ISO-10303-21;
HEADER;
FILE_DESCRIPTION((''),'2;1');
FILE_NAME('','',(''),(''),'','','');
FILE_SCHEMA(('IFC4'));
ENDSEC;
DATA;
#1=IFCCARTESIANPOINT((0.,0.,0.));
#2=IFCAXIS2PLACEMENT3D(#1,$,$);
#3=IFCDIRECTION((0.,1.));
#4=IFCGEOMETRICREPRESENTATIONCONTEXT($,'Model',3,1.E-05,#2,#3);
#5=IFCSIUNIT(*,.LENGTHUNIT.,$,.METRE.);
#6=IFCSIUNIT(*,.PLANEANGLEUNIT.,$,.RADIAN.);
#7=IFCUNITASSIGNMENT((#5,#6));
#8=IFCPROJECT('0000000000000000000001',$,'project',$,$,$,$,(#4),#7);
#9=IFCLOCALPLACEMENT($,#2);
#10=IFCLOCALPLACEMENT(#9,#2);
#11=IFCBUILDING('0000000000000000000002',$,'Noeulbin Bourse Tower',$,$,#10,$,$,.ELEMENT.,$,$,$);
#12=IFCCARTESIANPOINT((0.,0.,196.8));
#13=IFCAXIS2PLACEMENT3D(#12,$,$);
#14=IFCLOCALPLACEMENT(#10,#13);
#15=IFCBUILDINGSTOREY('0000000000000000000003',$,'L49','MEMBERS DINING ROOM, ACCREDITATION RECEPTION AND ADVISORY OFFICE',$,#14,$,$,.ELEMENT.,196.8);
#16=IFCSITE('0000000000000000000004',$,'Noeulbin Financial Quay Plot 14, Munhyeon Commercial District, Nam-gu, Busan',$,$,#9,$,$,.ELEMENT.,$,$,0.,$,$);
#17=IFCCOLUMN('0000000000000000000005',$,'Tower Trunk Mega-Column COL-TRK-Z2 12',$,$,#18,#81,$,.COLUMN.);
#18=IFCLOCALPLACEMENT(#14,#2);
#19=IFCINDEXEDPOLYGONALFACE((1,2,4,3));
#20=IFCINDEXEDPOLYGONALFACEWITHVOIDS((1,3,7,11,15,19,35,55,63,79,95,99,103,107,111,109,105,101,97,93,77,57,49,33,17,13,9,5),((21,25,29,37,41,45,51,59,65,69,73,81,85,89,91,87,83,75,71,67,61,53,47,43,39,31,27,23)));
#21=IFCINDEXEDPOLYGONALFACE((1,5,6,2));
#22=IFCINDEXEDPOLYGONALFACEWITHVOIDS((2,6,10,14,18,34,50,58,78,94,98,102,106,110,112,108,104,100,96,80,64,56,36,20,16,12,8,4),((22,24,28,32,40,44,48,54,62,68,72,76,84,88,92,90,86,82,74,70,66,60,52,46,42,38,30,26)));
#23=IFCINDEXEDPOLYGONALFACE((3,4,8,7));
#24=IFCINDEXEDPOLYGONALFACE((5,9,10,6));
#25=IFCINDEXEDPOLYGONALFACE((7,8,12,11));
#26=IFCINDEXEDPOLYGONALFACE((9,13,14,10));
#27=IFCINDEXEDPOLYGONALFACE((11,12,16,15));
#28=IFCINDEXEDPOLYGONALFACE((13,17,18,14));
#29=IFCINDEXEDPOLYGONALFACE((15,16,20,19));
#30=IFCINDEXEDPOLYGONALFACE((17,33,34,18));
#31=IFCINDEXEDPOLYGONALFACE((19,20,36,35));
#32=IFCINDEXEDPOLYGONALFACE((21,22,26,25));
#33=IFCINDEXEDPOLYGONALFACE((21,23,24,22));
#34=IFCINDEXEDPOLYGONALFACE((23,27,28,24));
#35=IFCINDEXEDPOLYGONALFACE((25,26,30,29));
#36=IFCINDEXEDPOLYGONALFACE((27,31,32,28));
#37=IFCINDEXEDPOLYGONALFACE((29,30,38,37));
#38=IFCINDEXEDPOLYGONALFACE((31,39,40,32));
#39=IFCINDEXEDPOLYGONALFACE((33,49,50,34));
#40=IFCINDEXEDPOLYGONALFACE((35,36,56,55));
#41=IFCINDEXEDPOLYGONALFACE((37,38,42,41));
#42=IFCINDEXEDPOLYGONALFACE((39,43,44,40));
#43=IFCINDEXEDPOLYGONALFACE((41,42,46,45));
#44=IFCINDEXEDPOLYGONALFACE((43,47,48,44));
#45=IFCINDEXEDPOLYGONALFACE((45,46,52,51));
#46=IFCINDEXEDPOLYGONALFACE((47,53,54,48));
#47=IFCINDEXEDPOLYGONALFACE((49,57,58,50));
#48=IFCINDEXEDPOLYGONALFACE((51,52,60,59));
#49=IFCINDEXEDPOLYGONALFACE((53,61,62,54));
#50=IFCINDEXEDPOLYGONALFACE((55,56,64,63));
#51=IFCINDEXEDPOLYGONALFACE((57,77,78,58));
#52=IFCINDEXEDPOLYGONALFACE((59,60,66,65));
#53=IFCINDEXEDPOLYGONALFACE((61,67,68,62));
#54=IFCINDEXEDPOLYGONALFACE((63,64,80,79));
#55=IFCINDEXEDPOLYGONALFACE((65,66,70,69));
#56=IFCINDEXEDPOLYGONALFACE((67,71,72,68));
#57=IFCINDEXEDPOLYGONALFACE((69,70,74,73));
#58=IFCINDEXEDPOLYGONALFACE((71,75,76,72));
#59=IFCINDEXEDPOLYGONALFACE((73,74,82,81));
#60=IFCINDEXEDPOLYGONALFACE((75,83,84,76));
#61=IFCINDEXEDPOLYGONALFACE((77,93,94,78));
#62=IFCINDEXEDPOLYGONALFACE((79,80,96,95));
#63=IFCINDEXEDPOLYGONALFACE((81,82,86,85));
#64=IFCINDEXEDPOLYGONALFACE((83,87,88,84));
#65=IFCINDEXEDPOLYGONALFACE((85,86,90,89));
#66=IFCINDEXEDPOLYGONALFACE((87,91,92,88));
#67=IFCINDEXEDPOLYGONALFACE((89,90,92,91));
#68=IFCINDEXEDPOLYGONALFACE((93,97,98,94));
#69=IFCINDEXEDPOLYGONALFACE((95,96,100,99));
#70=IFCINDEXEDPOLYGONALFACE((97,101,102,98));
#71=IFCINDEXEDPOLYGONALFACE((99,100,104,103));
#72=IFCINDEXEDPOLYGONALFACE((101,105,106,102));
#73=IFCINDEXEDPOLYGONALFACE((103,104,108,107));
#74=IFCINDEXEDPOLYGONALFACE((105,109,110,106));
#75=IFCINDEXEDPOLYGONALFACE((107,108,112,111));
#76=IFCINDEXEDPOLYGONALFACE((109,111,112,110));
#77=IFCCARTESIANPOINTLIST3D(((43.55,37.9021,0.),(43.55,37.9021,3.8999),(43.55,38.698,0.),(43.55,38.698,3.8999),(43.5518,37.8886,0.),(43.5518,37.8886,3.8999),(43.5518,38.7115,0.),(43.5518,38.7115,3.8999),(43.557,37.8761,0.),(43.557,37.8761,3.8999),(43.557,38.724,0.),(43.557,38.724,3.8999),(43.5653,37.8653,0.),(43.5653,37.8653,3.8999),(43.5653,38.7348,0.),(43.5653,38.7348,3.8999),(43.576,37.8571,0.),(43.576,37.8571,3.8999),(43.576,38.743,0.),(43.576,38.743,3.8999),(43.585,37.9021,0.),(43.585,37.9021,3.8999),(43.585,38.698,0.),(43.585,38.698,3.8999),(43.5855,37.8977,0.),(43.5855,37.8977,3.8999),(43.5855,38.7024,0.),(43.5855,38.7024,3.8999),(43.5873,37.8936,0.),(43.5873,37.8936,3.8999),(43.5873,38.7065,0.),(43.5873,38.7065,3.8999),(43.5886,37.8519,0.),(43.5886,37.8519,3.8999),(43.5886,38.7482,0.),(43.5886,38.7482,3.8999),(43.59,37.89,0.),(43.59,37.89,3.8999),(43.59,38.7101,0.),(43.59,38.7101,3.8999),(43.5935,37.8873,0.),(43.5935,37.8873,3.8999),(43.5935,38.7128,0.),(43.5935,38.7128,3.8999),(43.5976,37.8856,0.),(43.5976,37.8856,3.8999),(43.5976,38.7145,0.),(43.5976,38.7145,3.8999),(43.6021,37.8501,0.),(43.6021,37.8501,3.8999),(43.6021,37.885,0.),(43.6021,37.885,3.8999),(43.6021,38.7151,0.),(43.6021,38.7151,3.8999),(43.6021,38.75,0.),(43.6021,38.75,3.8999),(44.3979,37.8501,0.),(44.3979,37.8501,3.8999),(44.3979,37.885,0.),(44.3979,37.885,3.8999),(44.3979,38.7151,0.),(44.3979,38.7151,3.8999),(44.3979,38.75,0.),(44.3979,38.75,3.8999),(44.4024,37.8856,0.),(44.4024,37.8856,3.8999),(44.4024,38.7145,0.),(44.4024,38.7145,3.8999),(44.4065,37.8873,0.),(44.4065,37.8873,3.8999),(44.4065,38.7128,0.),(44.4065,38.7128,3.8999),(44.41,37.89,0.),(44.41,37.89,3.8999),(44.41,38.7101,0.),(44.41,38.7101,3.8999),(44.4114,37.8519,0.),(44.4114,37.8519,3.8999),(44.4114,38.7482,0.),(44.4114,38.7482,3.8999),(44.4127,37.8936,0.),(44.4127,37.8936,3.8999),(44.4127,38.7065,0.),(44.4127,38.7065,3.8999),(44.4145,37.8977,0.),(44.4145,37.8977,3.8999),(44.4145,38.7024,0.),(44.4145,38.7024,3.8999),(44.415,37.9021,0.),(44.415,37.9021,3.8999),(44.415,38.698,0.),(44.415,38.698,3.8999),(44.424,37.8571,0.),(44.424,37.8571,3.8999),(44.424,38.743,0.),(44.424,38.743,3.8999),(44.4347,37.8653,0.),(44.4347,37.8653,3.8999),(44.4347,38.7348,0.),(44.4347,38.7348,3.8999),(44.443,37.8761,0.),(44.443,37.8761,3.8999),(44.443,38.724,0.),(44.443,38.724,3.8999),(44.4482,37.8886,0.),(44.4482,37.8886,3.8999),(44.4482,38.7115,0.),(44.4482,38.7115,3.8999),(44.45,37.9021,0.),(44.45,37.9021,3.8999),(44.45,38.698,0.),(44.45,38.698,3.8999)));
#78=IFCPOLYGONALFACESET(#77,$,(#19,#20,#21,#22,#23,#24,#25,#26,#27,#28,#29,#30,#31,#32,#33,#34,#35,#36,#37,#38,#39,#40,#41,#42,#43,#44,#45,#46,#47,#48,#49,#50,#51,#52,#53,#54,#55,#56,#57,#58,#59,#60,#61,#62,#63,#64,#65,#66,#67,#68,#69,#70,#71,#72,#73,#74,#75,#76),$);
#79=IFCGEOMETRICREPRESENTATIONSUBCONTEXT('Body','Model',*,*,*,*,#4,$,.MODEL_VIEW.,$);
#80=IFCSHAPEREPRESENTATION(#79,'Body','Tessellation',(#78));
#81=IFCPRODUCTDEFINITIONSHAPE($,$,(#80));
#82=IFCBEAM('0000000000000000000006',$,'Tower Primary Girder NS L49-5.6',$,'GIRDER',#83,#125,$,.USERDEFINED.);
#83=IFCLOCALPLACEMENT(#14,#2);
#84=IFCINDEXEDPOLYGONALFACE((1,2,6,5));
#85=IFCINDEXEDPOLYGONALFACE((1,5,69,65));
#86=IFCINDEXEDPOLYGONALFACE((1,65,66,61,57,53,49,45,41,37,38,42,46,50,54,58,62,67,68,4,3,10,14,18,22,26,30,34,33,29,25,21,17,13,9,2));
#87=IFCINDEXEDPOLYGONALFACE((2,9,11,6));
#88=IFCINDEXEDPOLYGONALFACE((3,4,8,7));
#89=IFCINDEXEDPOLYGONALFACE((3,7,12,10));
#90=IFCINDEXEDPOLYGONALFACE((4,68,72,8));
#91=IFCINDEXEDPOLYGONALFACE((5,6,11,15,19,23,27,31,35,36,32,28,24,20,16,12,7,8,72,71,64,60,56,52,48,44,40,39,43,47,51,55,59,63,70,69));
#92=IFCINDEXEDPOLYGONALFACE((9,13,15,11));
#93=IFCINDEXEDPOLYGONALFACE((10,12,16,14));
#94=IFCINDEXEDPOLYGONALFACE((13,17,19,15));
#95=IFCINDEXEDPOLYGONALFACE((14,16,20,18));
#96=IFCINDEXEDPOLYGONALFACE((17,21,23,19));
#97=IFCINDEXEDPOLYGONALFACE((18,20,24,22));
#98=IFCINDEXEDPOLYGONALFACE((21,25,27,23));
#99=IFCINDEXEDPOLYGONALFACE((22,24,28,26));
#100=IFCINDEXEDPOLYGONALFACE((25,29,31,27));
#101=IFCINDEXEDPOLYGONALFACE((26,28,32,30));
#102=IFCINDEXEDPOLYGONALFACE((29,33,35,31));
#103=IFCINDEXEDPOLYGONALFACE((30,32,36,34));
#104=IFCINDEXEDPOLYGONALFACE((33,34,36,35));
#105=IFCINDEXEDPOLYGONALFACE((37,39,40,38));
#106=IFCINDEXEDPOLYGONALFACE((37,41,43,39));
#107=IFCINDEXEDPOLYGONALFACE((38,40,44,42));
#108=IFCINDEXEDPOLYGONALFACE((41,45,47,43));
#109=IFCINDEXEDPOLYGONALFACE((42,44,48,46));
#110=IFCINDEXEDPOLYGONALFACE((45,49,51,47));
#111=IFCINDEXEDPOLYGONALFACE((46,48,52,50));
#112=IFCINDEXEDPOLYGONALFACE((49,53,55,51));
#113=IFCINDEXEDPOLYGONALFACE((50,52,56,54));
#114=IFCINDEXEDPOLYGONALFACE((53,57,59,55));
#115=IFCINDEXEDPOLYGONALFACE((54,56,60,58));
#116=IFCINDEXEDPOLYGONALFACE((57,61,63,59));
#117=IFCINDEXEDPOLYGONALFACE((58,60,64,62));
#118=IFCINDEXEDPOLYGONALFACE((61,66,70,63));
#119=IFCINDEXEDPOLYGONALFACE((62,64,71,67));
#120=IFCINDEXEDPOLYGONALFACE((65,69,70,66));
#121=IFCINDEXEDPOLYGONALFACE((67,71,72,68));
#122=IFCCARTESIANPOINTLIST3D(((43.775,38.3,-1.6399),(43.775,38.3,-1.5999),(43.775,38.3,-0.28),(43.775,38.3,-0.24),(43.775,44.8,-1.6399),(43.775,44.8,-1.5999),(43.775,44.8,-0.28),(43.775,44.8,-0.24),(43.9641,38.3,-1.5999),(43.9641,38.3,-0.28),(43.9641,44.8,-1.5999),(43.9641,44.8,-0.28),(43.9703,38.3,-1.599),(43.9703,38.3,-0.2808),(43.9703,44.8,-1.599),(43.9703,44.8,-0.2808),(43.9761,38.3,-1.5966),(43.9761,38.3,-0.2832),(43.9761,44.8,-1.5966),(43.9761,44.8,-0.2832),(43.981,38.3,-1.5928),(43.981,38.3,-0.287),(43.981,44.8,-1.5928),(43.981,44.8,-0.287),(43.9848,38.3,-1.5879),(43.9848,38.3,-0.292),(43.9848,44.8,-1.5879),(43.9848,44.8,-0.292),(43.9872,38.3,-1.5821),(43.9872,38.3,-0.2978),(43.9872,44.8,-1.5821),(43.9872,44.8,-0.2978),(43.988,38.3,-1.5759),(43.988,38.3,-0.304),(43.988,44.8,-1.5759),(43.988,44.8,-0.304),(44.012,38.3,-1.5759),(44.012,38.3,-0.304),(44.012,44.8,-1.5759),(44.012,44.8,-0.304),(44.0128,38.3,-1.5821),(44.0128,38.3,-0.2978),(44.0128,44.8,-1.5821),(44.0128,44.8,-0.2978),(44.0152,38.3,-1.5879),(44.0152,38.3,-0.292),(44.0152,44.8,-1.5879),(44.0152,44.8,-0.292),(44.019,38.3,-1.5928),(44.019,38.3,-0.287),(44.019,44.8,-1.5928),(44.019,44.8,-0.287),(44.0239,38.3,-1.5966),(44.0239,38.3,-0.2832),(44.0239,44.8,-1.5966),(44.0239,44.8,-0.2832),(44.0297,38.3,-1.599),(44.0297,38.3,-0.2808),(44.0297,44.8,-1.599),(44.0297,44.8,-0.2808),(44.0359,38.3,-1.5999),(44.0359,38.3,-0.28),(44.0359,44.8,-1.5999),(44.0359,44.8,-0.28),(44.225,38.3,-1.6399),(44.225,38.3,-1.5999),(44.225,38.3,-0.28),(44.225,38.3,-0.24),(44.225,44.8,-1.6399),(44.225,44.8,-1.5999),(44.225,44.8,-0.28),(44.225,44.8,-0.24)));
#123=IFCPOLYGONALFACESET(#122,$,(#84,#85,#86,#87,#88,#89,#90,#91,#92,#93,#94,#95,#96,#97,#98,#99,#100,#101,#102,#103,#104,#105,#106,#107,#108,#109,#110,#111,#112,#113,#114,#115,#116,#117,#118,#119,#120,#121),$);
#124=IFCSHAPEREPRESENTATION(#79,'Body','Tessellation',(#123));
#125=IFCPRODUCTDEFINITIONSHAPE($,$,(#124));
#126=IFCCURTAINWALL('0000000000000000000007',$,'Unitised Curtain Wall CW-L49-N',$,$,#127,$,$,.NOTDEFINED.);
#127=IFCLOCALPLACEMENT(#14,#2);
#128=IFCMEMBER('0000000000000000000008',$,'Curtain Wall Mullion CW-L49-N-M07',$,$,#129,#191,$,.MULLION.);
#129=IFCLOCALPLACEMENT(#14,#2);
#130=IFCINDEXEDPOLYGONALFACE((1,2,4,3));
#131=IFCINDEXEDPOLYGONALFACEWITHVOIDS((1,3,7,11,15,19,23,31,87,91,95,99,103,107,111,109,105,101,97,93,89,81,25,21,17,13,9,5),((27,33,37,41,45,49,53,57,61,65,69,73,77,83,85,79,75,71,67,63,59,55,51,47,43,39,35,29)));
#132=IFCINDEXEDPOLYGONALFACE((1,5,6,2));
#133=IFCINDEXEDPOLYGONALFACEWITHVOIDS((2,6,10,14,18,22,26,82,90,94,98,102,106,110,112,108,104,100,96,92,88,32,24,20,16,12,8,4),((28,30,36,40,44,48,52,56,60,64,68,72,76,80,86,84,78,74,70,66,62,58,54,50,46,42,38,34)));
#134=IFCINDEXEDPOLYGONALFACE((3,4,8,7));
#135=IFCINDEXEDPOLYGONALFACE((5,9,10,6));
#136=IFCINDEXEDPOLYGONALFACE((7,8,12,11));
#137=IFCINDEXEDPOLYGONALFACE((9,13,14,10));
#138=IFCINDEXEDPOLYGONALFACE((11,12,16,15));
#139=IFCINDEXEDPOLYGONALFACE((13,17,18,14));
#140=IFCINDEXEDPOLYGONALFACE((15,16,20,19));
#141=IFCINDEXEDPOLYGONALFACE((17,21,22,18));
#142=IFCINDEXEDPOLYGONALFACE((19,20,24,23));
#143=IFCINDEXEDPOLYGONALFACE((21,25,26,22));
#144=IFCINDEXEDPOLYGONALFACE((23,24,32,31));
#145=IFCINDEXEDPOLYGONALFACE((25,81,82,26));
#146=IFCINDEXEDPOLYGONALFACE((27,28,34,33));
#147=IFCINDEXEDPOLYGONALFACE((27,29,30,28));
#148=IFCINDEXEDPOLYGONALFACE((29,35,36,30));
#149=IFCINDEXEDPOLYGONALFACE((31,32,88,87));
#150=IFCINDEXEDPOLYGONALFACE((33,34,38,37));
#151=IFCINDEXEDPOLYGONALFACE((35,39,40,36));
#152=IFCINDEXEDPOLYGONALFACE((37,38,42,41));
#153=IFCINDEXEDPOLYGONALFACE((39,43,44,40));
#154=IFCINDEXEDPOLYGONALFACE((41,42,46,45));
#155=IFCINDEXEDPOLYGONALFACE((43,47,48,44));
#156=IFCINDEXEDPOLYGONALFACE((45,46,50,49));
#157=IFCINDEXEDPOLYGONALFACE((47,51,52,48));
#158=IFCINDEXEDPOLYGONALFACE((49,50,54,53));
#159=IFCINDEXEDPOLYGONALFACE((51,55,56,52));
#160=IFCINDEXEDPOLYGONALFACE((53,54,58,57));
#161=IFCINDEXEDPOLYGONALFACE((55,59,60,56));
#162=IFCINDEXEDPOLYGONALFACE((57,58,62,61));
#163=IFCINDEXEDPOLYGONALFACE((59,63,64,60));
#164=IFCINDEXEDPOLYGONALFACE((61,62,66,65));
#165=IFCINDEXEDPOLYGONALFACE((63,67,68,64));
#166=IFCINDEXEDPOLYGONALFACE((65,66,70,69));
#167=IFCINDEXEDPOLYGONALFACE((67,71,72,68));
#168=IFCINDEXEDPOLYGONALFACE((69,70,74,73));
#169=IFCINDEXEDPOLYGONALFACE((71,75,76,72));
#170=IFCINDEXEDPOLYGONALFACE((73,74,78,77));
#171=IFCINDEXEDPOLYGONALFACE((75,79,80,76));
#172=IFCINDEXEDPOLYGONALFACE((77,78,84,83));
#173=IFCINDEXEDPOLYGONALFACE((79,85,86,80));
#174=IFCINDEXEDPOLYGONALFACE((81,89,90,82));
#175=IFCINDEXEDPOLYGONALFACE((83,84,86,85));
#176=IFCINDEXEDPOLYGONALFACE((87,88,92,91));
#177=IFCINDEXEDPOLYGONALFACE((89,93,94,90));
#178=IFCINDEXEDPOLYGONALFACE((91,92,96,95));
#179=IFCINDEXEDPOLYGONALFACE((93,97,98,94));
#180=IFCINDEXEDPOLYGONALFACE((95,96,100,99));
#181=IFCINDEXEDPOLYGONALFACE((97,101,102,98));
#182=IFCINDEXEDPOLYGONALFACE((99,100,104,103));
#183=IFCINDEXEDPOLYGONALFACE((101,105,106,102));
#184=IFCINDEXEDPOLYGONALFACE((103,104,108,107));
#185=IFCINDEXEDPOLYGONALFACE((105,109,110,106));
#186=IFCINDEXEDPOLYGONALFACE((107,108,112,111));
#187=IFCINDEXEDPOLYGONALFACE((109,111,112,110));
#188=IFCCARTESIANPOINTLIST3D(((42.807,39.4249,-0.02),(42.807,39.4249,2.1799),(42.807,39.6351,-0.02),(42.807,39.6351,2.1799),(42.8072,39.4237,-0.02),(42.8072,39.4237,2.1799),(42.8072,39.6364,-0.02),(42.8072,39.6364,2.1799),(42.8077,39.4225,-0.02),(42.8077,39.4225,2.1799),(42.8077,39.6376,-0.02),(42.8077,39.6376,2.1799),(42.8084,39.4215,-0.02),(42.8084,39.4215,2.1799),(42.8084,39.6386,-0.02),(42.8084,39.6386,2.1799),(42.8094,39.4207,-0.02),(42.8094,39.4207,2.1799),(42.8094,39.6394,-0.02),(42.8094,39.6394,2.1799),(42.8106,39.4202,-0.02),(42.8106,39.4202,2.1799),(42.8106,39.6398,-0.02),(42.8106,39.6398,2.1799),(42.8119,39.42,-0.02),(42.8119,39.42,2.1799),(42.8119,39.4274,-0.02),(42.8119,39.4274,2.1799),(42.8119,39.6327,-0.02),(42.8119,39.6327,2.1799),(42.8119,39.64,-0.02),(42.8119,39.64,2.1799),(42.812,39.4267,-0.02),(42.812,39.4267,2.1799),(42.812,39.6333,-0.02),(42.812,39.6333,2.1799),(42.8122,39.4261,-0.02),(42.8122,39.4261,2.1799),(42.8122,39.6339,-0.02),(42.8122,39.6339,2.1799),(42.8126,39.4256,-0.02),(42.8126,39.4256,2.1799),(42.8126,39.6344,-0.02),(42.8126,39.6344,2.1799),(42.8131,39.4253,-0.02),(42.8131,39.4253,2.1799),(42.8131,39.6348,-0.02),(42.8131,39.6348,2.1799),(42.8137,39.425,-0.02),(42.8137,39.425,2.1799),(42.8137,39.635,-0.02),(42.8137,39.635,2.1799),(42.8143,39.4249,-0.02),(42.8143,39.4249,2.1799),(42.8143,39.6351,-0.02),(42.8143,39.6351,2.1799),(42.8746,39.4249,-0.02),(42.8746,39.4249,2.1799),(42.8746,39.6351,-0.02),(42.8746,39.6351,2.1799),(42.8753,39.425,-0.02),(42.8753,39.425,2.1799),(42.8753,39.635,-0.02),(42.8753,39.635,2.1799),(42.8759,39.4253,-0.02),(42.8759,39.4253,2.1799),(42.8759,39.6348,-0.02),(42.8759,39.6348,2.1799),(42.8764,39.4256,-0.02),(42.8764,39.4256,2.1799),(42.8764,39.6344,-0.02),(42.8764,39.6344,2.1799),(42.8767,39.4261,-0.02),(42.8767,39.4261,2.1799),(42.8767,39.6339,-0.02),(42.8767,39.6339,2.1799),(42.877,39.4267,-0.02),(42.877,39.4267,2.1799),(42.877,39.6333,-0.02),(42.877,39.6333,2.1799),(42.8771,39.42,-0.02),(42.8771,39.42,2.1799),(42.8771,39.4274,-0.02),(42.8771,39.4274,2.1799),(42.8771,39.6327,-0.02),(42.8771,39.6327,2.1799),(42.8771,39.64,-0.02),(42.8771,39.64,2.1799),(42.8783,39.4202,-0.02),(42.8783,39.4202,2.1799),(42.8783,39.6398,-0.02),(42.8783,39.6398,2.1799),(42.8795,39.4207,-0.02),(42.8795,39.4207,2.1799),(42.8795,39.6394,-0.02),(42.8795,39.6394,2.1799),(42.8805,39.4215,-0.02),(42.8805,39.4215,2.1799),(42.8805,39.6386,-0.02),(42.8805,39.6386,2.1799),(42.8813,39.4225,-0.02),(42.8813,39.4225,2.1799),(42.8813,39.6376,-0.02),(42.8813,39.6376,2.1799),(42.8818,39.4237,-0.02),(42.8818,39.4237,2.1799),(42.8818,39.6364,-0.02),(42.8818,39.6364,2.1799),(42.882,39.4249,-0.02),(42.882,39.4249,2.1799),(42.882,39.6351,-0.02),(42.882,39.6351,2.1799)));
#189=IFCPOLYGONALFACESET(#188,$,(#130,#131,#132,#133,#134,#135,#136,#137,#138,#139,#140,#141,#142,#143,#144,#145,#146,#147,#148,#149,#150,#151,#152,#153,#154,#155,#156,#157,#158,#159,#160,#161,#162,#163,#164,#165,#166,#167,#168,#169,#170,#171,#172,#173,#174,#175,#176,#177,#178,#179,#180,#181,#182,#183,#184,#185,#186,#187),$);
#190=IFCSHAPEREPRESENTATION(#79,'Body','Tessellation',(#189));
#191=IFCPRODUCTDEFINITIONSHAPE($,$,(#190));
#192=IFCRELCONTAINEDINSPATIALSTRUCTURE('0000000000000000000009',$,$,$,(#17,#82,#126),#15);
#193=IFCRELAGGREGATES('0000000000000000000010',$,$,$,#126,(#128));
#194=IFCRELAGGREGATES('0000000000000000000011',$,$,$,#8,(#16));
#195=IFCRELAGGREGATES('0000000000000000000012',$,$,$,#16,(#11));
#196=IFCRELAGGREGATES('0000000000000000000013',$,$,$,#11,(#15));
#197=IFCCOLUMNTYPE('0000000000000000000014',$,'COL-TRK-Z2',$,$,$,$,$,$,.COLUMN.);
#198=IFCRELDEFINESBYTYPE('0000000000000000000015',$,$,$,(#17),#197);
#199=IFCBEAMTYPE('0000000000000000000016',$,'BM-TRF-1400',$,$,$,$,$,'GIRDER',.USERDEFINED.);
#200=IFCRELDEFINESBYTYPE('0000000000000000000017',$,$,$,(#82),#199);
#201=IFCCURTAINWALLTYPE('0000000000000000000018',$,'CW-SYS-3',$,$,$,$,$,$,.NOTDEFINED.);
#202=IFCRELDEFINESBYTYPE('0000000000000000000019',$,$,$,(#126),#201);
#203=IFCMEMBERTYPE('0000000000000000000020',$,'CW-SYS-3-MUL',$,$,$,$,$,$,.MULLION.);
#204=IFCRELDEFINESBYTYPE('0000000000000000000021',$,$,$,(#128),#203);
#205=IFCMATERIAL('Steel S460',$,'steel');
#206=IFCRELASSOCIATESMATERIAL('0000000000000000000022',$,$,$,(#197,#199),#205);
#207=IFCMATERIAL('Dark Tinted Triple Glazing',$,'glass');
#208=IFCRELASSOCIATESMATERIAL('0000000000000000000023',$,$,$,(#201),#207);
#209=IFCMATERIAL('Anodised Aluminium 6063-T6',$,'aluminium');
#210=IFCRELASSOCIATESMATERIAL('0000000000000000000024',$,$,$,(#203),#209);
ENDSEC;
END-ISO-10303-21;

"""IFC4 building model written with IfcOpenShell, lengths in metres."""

from ifc_helpers import new_model, si_unit, direction, frame, origin, origin_2d, place, context, subcontext, project, spatial, hollow_rectangle, i_section, extrude, material, material_profile, profile_set, type_object, element, aggregate, save


model = new_model("IFC4")

# Units and contexts
model_context = context("Model", 3, precision=1e-05, world=origin(), true_north=direction((0.0, 1.0)))
body_context = subcontext(model_context, "Body", "Model", "MODEL_VIEW")
ifc_project = project(units=[si_unit("LENGTHUNIT", "METRE"), si_unit("PLANEANGLEUNIT", "RADIAN")], contexts=[model_context])

# Site, building, storey
site_placement = place(None, origin())
site = spatial("IfcSite", under=ifc_project, at=site_placement, Name="Noeulbin Financial Quay Plot 14, Munhyeon Commercial District, Nam-gu, Busan", CompositionType="ELEMENT", RefElevation=0.0)
building_placement = place(site_placement, origin())
building = spatial("IfcBuilding", under=site, at=building_placement, Name="Noeulbin Bourse Tower", CompositionType="ELEMENT")
storey_placement = place(building_placement, frame((0.0, 0.0, 196.8)))
storey = spatial("IfcBuildingStorey", under=building, at=storey_placement, Name="L49", Description="MEMBERS DINING ROOM, ACCREDITATION RECEPTION AND ADVISORY OFFICE", CompositionType="ELEMENT", Elevation=196.8)

# Column
ifc_material_1 = material(Name="Steel S460", Category="steel")
ifc_material_profile_1 = material_profile(ifc_material_1, hollow_rectangle(XDim=0.8999, YDim=0.8999, WallThickness=0.0349, InnerFilletRadius=0.0171, OuterFilletRadius=0.052, at=origin_2d()), Name="BOX-900x900x35", Category="LoadBearing")
ifc_profile_set_1 = profile_set([ifc_material_profile_1], Name="Steel S460")
column_type = type_object("IfcColumnType", Name="COL-TRK-Z2", PredefinedType="COLUMN", material=ifc_profile_set_1)
column_placement = place(storey_placement, frame((44.0, 38.3, 0.0), z_axis=(0.0, 0.0, 1.0), x_axis=(1.0, 0.0, 0.0)))
element("IfcColumn", 1, at=column_placement, inside=storey, type_object=column_type, Name="Tower Trunk Mega-Column COL-TRK-Z2 12", PredefinedType="COLUMN", context=body_context, shape_type="SweptSolid", body=[
    extrude(hollow_rectangle(XDim=0.8999, YDim=0.8999, WallThickness=0.0349, InnerFilletRadius=0.0171, OuterFilletRadius=0.052, at=origin_2d()), origin(), (0.0, 0.0, 1.0), 3.8999),
])

# Beam
ifc_material_profile_2 = material_profile(ifc_material_1, i_section(OverallWidth=0.45, OverallDepth=1.3999, WebThickness=0.0239, FlangeThickness=0.04, FilletRadius=0.0239, at=origin_2d()), Name="PG-1400x450x24x40", Category="LoadBearing")
ifc_profile_set_2 = profile_set([ifc_material_profile_2], Name="Steel S460")
beam_type = type_object("IfcBeamType", Name="BM-TRF-1400", ElementType="GIRDER", PredefinedType="USERDEFINED", material=ifc_profile_set_2)
beam_placement = place(storey_placement, frame((44.0, 38.3, -0.9399), z_axis=(0.0, 1.0, 0.0), x_axis=(-1.0, 0.0, 0.0)))
element("IfcBeam", 2, at=beam_placement, inside=storey, type_object=beam_type, Name="Tower Primary Girder NS L49-5.6", ObjectType="GIRDER", PredefinedType="USERDEFINED", context=body_context, shape_type="SweptSolid", body=[
    extrude(i_section(OverallWidth=0.45, OverallDepth=1.3999, WebThickness=0.0239, FlangeThickness=0.04, FilletRadius=0.0239, at=origin_2d()), origin(), (0.0, 0.0, 1.0), 6.5),
])

# Curtain wall, member
ifc_material_2 = material(Name="Dark Tinted Triple Glazing", Category="glass")
curtain_wall_type = type_object("IfcCurtainWallType", Name="CW-SYS-3", PredefinedType="NOTDEFINED", material=ifc_material_2)
curtain_wall_1_placement = place(storey_placement, origin())
curtain_wall_1 = element("IfcCurtainWall", 3, at=curtain_wall_1_placement, inside=storey, type_object=curtain_wall_type, Name="Unitised Curtain Wall CW-L49-N", PredefinedType="NOTDEFINED")
ifc_material_3 = material(Name="Anodised Aluminium 6063-T6", Category="aluminium")
ifc_material_profile_3 = material_profile(ifc_material_3, hollow_rectangle(XDim=0.075, YDim=0.22, WallThickness=0.0049, InnerFilletRadius=0.0024, OuterFilletRadius=0.0049, at=origin_2d()), Name="ALU-MULL-75x220x5", Category="LoadBearing")
ifc_profile_set_3 = profile_set([ifc_material_profile_3], Name="Anodised Aluminium 6063-T6")
member_type_1 = type_object("IfcMemberType", Name="CW-SYS-3-MUL", PredefinedType="MULLION", material=ifc_profile_set_3)
member_1_placement = place(storey_placement, frame((42.8445, 39.53, -0.02), z_axis=(0.0, 0.0, 1.0), x_axis=(1.0, 0.0, 0.0)))
member_1 = element("IfcMember", 4, at=member_1_placement, type_object=member_type_1, Name="Curtain Wall Mullion CW-L49-N-M07", PredefinedType="MULLION", context=body_context, shape_type="SweptSolid", body=[
    extrude(hollow_rectangle(XDim=0.075, YDim=0.22, WallThickness=0.0049, InnerFilletRadius=0.0024, OuterFilletRadius=0.0049, at=origin_2d()), origin(), (0.0, 0.0, 1.0), 2.2),
])

aggregate(curtain_wall_1, [member_1])

save(model, "model.ifc")
